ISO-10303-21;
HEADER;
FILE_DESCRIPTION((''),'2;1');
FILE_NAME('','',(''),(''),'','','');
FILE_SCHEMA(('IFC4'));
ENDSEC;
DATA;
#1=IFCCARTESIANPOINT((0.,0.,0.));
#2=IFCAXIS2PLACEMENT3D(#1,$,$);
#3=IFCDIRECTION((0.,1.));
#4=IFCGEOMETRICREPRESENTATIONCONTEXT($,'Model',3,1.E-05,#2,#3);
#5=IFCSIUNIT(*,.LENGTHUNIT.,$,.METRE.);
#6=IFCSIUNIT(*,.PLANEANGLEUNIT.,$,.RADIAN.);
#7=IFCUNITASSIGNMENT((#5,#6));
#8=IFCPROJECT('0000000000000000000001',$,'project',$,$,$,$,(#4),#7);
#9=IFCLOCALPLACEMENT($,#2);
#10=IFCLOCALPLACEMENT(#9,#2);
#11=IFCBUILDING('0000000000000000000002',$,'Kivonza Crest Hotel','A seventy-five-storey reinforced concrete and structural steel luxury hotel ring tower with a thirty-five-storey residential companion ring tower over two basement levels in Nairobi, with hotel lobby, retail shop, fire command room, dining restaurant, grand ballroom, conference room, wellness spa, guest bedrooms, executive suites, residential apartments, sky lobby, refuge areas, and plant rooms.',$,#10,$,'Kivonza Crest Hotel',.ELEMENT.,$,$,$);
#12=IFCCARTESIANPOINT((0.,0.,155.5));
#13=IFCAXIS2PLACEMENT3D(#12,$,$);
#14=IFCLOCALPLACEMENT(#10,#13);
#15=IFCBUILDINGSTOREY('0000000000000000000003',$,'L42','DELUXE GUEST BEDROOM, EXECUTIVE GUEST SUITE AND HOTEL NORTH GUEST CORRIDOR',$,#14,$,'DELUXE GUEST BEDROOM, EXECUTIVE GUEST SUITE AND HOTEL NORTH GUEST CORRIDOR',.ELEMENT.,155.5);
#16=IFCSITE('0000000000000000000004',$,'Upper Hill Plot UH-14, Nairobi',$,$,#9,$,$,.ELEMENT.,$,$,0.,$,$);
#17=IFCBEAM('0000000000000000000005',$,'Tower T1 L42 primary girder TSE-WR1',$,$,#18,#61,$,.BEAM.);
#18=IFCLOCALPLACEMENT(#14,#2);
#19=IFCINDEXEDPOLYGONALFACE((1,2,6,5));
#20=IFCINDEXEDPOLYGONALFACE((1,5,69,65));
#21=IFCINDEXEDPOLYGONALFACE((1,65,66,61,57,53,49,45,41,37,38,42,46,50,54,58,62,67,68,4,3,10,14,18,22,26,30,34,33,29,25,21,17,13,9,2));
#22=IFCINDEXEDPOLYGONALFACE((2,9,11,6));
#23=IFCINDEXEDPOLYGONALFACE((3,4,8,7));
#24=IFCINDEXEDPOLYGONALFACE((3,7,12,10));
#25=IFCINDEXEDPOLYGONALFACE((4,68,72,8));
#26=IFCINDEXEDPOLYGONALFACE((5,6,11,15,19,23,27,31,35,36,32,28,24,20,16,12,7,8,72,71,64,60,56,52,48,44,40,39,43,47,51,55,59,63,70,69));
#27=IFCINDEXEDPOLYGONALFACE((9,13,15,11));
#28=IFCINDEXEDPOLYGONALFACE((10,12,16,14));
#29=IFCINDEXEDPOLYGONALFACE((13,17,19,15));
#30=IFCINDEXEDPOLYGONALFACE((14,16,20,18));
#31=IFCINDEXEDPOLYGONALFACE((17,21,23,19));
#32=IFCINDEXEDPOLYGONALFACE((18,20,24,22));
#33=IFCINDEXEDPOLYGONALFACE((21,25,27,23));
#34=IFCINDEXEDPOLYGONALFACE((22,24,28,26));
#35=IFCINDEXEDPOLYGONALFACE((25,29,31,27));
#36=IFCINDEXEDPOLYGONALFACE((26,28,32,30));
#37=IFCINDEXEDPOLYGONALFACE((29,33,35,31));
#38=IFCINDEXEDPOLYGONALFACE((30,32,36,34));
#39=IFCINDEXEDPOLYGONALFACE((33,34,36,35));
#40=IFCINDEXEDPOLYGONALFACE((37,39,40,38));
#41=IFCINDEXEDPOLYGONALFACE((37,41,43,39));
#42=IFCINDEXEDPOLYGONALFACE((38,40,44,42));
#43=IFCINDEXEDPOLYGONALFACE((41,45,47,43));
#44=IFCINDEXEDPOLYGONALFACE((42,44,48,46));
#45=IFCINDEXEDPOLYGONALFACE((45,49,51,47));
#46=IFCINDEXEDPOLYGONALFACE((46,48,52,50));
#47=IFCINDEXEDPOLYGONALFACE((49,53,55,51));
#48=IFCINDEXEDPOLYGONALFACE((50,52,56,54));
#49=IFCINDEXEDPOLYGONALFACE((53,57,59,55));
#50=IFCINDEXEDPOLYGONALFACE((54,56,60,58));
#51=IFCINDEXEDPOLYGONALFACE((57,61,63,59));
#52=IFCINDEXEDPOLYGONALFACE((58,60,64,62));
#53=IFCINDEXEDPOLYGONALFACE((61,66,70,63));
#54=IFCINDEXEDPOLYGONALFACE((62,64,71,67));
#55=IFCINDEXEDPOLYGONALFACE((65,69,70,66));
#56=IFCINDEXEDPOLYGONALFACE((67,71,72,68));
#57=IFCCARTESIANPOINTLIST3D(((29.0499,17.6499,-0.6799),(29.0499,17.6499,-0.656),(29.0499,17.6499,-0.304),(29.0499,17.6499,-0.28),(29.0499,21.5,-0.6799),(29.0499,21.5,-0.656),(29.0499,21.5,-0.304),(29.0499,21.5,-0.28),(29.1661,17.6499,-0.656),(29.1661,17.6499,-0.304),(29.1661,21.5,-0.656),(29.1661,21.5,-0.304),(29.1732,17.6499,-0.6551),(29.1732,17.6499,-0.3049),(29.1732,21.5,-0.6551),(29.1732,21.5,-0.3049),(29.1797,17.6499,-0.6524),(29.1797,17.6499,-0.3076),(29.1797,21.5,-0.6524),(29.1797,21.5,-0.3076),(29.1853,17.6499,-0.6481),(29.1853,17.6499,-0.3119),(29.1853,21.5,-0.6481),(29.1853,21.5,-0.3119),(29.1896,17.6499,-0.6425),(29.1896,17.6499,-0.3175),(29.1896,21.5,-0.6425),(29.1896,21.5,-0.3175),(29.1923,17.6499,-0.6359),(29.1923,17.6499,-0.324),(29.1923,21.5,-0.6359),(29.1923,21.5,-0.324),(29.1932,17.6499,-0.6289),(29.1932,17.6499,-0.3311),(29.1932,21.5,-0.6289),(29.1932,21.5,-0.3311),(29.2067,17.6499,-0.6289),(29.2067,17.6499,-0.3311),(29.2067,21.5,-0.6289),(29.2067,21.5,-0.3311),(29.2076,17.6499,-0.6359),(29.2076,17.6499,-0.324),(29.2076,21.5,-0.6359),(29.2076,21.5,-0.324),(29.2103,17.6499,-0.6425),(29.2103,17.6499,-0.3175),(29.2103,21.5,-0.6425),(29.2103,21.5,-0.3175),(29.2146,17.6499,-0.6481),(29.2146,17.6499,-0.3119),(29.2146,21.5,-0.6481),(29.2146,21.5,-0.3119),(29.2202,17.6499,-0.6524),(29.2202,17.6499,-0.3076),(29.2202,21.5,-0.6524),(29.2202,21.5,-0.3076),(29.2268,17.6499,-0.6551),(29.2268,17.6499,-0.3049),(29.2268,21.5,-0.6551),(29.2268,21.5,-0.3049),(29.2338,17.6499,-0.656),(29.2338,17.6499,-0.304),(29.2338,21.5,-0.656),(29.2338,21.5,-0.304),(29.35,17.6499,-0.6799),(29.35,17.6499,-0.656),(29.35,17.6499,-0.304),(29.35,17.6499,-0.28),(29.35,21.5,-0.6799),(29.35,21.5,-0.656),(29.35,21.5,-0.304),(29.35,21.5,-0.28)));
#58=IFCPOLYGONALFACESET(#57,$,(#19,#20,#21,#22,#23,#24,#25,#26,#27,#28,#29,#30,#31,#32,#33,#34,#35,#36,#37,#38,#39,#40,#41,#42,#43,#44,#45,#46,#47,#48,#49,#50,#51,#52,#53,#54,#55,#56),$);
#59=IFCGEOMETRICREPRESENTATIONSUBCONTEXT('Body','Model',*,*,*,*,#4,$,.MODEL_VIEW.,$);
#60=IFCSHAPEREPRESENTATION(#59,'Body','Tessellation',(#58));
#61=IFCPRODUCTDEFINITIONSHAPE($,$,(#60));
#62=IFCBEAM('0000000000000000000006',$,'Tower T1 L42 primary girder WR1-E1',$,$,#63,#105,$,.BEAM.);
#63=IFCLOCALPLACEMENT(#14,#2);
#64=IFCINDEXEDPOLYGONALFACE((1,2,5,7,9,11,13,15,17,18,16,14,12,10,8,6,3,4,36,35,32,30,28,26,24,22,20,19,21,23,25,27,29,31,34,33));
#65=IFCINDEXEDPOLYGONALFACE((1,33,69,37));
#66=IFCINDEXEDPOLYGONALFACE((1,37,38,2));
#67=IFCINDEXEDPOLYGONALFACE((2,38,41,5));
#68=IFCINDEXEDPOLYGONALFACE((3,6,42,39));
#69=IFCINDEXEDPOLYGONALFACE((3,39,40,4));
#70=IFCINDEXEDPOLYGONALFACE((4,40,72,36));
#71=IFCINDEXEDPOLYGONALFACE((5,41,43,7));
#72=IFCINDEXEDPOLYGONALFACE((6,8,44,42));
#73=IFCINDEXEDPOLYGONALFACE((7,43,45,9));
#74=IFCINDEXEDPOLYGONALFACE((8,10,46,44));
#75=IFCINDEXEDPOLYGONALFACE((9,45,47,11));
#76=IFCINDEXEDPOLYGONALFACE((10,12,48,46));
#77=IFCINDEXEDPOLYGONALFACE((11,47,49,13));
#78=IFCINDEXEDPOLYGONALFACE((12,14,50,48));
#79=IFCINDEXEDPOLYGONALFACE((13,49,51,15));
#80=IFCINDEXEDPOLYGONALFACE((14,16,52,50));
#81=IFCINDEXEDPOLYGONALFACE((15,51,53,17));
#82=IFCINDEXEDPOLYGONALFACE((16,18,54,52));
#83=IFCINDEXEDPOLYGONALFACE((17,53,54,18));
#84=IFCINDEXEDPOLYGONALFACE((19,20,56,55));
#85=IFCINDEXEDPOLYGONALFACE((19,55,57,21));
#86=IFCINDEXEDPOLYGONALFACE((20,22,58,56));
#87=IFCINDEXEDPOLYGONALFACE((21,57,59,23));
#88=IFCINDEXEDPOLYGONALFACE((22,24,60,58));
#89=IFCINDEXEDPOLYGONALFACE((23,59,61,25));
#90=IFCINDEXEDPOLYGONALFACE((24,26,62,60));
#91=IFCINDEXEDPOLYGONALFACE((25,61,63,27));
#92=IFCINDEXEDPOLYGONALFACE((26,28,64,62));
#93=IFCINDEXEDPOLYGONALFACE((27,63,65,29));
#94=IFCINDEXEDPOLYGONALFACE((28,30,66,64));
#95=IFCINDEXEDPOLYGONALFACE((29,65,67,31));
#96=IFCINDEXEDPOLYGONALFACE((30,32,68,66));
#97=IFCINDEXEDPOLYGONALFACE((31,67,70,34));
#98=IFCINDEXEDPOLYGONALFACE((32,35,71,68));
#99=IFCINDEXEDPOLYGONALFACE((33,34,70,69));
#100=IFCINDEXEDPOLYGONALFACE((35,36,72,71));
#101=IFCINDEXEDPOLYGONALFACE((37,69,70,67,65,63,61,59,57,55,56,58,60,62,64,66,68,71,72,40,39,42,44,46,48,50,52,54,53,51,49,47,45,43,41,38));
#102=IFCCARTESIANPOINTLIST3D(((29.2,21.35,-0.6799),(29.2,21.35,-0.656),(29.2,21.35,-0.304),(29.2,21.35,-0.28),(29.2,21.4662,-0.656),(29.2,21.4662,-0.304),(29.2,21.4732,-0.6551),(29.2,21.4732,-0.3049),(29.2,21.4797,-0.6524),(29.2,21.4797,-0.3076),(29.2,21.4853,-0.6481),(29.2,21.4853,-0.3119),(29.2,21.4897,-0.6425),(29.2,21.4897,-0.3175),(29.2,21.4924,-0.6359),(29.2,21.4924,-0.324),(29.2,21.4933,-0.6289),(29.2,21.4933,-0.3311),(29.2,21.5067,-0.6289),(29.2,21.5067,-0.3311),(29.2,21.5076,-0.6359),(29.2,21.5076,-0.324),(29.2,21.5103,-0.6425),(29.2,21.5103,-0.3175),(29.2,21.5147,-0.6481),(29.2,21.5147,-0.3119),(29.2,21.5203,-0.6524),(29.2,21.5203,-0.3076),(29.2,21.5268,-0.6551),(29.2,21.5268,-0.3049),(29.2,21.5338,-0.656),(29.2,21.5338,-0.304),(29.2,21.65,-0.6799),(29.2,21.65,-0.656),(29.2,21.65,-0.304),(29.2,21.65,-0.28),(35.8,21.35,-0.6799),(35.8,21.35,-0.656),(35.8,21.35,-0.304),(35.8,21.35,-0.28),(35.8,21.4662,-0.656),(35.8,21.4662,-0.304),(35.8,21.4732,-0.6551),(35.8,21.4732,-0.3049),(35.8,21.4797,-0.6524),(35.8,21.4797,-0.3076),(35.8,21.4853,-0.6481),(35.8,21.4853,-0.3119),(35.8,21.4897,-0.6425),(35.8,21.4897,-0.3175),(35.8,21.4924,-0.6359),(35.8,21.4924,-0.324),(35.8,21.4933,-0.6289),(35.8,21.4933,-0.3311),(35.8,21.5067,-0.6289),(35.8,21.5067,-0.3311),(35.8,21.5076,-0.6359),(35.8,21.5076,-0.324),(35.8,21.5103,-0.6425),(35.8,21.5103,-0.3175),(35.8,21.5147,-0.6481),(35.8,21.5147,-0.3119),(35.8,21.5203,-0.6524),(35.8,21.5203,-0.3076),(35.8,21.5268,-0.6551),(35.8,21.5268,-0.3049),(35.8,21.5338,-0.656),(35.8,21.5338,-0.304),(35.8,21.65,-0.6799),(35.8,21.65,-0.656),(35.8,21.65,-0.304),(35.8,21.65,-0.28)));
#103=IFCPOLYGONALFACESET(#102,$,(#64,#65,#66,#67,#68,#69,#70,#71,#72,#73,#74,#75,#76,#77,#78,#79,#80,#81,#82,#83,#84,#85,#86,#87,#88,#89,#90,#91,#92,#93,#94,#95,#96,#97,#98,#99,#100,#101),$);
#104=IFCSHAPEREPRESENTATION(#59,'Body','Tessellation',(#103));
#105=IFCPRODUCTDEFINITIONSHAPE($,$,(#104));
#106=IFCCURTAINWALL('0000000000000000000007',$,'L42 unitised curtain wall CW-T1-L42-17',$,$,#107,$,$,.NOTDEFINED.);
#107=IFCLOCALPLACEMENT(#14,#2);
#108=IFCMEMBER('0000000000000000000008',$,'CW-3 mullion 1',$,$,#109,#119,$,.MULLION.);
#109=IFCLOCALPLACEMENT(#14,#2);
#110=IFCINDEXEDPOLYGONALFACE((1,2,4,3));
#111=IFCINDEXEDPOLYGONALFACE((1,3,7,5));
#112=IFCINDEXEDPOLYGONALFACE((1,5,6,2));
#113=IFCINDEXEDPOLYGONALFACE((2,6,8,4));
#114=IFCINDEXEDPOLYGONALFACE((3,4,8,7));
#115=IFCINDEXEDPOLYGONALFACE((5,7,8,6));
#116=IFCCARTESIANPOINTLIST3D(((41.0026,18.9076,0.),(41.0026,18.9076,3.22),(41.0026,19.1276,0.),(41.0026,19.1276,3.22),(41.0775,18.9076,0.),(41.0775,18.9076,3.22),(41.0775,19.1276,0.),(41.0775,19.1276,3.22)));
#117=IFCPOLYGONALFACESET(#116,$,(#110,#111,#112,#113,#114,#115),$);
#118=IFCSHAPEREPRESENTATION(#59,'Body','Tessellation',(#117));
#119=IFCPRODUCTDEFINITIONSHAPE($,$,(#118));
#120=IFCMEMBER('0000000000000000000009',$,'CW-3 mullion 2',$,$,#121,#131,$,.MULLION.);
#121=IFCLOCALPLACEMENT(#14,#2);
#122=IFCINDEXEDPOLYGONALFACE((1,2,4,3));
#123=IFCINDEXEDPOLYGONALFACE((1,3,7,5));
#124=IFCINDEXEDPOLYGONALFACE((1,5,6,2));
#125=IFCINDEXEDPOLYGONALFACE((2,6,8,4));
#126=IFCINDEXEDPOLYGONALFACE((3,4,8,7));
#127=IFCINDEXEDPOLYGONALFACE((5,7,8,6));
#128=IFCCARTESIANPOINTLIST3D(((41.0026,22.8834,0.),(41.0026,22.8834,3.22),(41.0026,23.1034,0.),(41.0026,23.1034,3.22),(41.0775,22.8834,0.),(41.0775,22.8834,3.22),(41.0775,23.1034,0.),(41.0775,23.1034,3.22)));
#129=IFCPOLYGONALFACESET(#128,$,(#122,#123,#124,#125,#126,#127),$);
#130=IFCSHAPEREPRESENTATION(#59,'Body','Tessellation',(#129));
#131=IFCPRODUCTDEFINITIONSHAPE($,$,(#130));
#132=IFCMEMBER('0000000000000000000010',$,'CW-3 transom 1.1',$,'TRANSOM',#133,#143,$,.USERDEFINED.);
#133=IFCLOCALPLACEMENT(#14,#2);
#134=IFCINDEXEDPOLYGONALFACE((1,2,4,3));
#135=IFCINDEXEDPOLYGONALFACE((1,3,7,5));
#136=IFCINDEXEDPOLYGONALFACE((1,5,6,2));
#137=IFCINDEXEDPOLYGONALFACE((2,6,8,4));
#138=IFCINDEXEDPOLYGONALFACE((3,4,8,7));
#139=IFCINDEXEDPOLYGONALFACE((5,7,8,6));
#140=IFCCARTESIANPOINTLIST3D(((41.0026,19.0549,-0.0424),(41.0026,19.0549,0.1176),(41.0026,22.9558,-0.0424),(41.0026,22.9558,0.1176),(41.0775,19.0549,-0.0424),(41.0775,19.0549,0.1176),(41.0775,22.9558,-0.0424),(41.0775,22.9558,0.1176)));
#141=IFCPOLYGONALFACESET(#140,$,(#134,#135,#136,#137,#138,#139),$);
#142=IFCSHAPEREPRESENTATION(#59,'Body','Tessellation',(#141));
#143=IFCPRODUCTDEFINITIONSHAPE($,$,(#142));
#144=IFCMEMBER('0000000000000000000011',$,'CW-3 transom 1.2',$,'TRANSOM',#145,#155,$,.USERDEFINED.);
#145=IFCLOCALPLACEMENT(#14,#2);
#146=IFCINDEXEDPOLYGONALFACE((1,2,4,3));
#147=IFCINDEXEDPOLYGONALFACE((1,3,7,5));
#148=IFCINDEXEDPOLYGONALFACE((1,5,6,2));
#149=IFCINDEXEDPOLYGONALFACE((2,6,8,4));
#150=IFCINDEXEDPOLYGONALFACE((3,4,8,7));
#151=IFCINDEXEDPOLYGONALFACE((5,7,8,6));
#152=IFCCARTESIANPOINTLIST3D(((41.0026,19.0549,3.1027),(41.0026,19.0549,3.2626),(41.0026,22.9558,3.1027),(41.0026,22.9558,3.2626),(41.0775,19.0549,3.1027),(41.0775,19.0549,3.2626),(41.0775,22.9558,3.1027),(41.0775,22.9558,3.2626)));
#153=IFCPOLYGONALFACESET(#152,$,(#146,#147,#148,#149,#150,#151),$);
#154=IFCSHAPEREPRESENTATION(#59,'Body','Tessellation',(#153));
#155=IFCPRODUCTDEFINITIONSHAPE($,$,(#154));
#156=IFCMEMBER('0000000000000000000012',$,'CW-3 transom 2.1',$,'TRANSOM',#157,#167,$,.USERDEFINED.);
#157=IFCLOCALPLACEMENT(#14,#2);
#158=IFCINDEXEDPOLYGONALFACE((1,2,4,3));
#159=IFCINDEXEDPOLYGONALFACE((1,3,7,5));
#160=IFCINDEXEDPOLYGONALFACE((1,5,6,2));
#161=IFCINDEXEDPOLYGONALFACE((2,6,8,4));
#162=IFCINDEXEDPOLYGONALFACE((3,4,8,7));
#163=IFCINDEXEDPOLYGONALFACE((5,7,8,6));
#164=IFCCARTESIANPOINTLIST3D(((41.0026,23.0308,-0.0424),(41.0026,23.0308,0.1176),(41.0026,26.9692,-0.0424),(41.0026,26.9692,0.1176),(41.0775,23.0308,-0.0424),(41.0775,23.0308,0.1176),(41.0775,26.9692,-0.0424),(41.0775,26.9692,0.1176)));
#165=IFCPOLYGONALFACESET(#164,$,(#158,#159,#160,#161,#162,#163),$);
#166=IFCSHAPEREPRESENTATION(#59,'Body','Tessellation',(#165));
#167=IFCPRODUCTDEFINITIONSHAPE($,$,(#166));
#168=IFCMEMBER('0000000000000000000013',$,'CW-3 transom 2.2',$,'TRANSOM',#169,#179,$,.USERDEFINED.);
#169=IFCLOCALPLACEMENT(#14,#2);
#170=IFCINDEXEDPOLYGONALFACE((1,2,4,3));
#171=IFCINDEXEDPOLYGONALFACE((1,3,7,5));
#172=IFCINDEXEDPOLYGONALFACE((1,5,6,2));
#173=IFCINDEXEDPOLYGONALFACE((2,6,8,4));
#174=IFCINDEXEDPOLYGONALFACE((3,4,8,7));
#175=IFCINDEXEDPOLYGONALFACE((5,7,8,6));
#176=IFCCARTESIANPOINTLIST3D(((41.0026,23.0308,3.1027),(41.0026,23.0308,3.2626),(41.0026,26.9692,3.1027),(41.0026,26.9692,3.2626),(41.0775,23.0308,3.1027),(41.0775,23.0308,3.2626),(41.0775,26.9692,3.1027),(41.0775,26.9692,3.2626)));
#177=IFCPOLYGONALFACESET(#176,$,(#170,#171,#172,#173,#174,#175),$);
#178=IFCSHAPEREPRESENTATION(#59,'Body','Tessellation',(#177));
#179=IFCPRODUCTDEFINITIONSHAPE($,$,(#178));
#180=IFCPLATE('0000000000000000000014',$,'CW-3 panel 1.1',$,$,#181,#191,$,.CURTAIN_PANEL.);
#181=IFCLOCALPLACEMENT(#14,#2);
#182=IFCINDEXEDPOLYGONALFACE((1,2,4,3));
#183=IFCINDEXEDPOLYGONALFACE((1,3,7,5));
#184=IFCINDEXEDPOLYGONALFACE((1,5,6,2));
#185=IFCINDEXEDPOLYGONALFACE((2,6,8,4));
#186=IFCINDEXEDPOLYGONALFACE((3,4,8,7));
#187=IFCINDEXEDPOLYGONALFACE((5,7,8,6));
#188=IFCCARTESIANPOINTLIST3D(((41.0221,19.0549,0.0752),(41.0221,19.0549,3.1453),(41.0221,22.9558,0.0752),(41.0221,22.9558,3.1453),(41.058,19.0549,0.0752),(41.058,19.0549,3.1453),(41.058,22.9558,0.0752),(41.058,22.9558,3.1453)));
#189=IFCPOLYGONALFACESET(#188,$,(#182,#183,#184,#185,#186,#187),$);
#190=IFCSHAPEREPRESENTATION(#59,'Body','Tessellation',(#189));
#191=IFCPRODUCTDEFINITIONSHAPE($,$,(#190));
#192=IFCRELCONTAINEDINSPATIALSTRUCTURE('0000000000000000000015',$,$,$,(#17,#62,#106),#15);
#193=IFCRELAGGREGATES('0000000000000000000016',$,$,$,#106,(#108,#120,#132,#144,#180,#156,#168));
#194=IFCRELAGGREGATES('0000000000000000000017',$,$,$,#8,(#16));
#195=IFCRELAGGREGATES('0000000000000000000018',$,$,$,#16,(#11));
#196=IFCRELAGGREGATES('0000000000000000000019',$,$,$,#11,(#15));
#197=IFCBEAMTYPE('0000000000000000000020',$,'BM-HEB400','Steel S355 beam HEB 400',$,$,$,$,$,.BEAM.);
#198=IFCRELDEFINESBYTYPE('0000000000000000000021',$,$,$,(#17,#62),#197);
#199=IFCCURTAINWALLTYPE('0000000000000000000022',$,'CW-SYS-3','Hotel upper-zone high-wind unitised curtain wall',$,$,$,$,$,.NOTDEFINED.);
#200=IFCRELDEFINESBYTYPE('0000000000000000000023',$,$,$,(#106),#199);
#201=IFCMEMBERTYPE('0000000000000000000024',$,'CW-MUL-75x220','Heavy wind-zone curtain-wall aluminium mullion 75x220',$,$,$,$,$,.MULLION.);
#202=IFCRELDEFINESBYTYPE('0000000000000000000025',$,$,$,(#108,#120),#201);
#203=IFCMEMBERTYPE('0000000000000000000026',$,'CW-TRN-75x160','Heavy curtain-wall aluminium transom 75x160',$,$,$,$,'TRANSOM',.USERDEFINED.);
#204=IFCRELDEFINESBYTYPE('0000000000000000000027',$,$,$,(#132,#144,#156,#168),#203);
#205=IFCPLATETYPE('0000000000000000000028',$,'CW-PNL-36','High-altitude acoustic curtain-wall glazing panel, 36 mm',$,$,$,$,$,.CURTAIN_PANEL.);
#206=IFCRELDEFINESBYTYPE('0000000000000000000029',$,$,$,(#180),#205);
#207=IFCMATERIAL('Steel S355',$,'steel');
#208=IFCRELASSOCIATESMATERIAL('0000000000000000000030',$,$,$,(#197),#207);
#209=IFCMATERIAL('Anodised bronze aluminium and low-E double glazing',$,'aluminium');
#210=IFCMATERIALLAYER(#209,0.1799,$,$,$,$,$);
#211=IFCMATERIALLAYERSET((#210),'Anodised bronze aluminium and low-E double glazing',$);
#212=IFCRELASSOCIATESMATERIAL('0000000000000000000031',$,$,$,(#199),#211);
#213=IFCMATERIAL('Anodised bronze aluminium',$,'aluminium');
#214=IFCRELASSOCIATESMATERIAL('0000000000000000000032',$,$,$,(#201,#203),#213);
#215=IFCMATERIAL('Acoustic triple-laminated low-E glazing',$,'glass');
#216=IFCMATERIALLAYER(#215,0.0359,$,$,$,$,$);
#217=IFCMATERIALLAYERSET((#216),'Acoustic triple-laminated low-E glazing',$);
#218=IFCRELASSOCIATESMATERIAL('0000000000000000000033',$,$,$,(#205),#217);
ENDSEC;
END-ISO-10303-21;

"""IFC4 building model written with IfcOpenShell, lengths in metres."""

from ifc_helpers import new_model, si_unit, direction, frame, origin, origin_2d, place, context, subcontext, project, spatial, rectangle, i_section, extrude, material, layer, layer_set, material_profile, profile_set, type_object, element, aggregate, save


model = new_model("IFC4")

# Units and contexts
model_context = context("Model", 3, precision=1e-05, world=origin(), true_north=direction((0.0, 1.0)))
body_context = subcontext(model_context, "Body", "Model", "MODEL_VIEW")
ifc_project = project(units=[si_unit("LENGTHUNIT", "METRE"), si_unit("PLANEANGLEUNIT", "RADIAN")], contexts=[model_context])

# Site, building, storey
site_placement = place(None, origin())
site = spatial("IfcSite", under=ifc_project, at=site_placement, Name="Upper Hill Plot UH-14, Nairobi", CompositionType="ELEMENT", RefElevation=0.0)
building_placement = place(site_placement, origin())
building = spatial("IfcBuilding", under=site, at=building_placement, Name="Kivonza Crest Hotel", Description="A seventy-five-storey reinforced concrete and structural steel luxury hotel ring tower with a thirty-five-storey residential companion ring tower over two basement levels in Nairobi, with hotel lobby, retail shop, fire command room, dining restaurant, grand ballroom, conference room, wellness spa, guest bedrooms, executive suites, residential apartments, sky lobby, refuge areas, and plant rooms.", LongName="Kivonza Crest Hotel", CompositionType="ELEMENT")
storey_placement = place(building_placement, frame((0.0, 0.0, 155.5)))
storey = spatial("IfcBuildingStorey", under=building, at=storey_placement, Name="L42", Description="DELUXE GUEST BEDROOM, EXECUTIVE GUEST SUITE AND HOTEL NORTH GUEST CORRIDOR", LongName="DELUXE GUEST BEDROOM, EXECUTIVE GUEST SUITE AND HOTEL NORTH GUEST CORRIDOR", CompositionType="ELEMENT", Elevation=155.5)

# Beams
ifc_material_1 = material(Name="Steel S355", Category="steel")
ifc_material_profile_1 = material_profile(ifc_material_1, i_section(OverallWidth=0.3, OverallDepth=0.3999, WebThickness=0.0134, FlangeThickness=0.0239, FilletRadius=0.0271, at=origin_2d()), Name="HEB 400")
ifc_profile_set_1 = profile_set([ifc_material_profile_1], Name="Steel S355")
beam_type_1 = type_object("IfcBeamType", Name="BM-HEB400", Description="Steel S355 beam HEB 400", PredefinedType="BEAM", material=ifc_profile_set_1)
beam_1_placement = place(storey_placement, frame((29.2, 17.6499, -0.48), z_axis=(0.0, 1.0, 0.0), x_axis=(-1.0, 0.0, 0.0)))
element("IfcBeam", 1, at=beam_1_placement, inside=storey, type_object=beam_type_1, Name="Tower T1 L42 primary girder TSE-WR1", PredefinedType="BEAM", context=body_context, shape_type="SweptSolid", body=[
    extrude(i_section(OverallWidth=0.3, OverallDepth=0.3999, WebThickness=0.0134, FlangeThickness=0.0239, FilletRadius=0.0271, at=origin_2d()), origin(), (0.0, 0.0, 1.0), 3.8501),
])
beam_2_placement = place(storey_placement, frame((29.2, 21.5, -0.48), z_axis=(1.0, 0.0, 0.0), x_axis=(0.0, 1.0, 0.0)))
element("IfcBeam", 2, at=beam_2_placement, inside=storey, type_object=beam_type_1, Name="Tower T1 L42 primary girder WR1-E1", PredefinedType="BEAM", context=body_context, shape_type="SweptSolid", body=[
    extrude(i_section(OverallWidth=0.3, OverallDepth=0.3999, WebThickness=0.0134, FlangeThickness=0.0239, FilletRadius=0.0271, at=origin_2d()), origin(), (0.0, 0.0, 1.0), 6.6001),
])

# Curtain wall, members, plate
ifc_material_2 = material(Name="Anodised bronze aluminium and low-E double glazing", Category="aluminium")
ifc_layer_1 = layer(ifc_material_2, 0.1799)
ifc_layer_set_1 = layer_set([ifc_layer_1], Name="Anodised bronze aluminium and low-E double glazing")
curtain_wall_type = type_object("IfcCurtainWallType", Name="CW-SYS-3", Description="Hotel upper-zone high-wind unitised curtain wall", PredefinedType="NOTDEFINED", material=ifc_layer_set_1)
curtain_wall_placement = place(storey_placement, origin())
curtain_wall = element("IfcCurtainWall", 3, at=curtain_wall_placement, inside=storey, type_object=curtain_wall_type, Name="L42 unitised curtain wall CW-T1-L42-17", PredefinedType="NOTDEFINED")
ifc_material_3 = material(Name="Anodised bronze aluminium", Category="aluminium")
ifc_material_profile_2 = material_profile(ifc_material_3, rectangle(XDim=0.075, YDim=0.22, at=origin_2d()), Name="CW-M 75x220")
ifc_profile_set_2 = profile_set([ifc_material_profile_2], Name="Anodised bronze aluminium")
member_type_1 = type_object("IfcMemberType", Name="CW-MUL-75x220", Description="Heavy wind-zone curtain-wall aluminium mullion 75x220", PredefinedType="MULLION", material=ifc_profile_set_2)
member_1_placement = place(storey_placement, frame((41.04, 19.0176, 0.0), z_axis=(0.0, 0.0, 1.0), x_axis=(-1.0, 0.0, 0.0)))
member_1 = element("IfcMember", 4, at=member_1_placement, type_object=member_type_1, Name="CW-3 mullion 1", PredefinedType="MULLION", context=body_context, shape_type="SweptSolid", body=[
    extrude(rectangle(XDim=0.075, YDim=0.22, at=origin_2d()), origin(), (0.0, 0.0, 1.0), 3.22),
])
member_2_placement = place(storey_placement, frame((41.04, 22.9934, 0.0), z_axis=(0.0, 0.0, 1.0), x_axis=(-1.0, 0.0, 0.0)))
member_2 = element("IfcMember", 5, at=member_2_placement, type_object=member_type_1, Name="CW-3 mullion 2", PredefinedType="MULLION", context=body_context, shape_type="SweptSolid", body=[
    extrude(rectangle(XDim=0.075, YDim=0.22, at=origin_2d()), origin(), (0.0, 0.0, 1.0), 3.22),
])
ifc_material_profile_3 = material_profile(ifc_material_3, rectangle(XDim=0.075, YDim=0.1599, at=origin_2d()), Name="CW-T 75x160")
ifc_profile_set_3 = profile_set([ifc_material_profile_3], Name="Anodised bronze aluminium")
member_type_2 = type_object("IfcMemberType", Name="CW-TRN-75x160", Description="Heavy curtain-wall aluminium transom 75x160", ElementType="TRANSOM", PredefinedType="USERDEFINED", material=ifc_profile_set_3)
member_3_placement = place(storey_placement, frame((41.04, 19.0549, 0.0376), z_axis=(0.0, 1.0, 0.0), x_axis=(-1.0, 0.0, 0.0)))
member_3 = element("IfcMember", 6, at=member_3_placement, type_object=member_type_2, Name="CW-3 transom 1.1", ObjectType="TRANSOM", PredefinedType="USERDEFINED", context=body_context, shape_type="SweptSolid", body=[
    extrude(rectangle(XDim=0.075, YDim=0.1599, at=origin_2d()), origin(), (0.0, 0.0, 1.0), 3.9009),
])
member_4_placement = place(storey_placement, frame((41.04, 19.0549, 3.1826), z_axis=(0.0, 1.0, 0.0), x_axis=(-1.0, 0.0, 0.0)))
member_4 = element("IfcMember", 7, at=member_4_placement, type_object=member_type_2, Name="CW-3 transom 1.2", ObjectType="TRANSOM", PredefinedType="USERDEFINED", context=body_context, shape_type="SweptSolid", body=[
    extrude(rectangle(XDim=0.075, YDim=0.1599, at=origin_2d()), origin(), (0.0, 0.0, 1.0), 3.9009),
])
member_5_placement = place(storey_placement, frame((41.04, 23.0308, 0.0376), z_axis=(0.0, 1.0, 0.0), x_axis=(-1.0, 0.0, 0.0)))
member_5 = element("IfcMember", 8, at=member_5_placement, type_object=member_type_2, Name="CW-3 transom 2.1", ObjectType="TRANSOM", PredefinedType="USERDEFINED", context=body_context, shape_type="SweptSolid", body=[
    extrude(rectangle(XDim=0.075, YDim=0.1599, at=origin_2d()), origin(), (0.0, 0.0, 1.0), 3.9385),
])
member_6_placement = place(storey_placement, frame((41.04, 23.0308, 3.1826), z_axis=(0.0, 1.0, 0.0), x_axis=(-1.0, 0.0, 0.0)))
member_6 = element("IfcMember", 9, at=member_6_placement, type_object=member_type_2, Name="CW-3 transom 2.2", ObjectType="TRANSOM", PredefinedType="USERDEFINED", context=body_context, shape_type="SweptSolid", body=[
    extrude(rectangle(XDim=0.075, YDim=0.1599, at=origin_2d()), origin(), (0.0, 0.0, 1.0), 3.9385),
])
ifc_material_4 = material(Name="Acoustic triple-laminated low-E glazing", Category="glass")
ifc_layer_2 = layer(ifc_material_4, 0.0359)
ifc_layer_set_2 = layer_set([ifc_layer_2], Name="Acoustic triple-laminated low-E glazing")
plate_type = type_object("IfcPlateType", Name="CW-PNL-36", Description="High-altitude acoustic curtain-wall glazing panel, 36 mm", PredefinedType="CURTAIN_PANEL", material=ifc_layer_set_2)
plate_placement = place(storey_placement, frame((41.04, 21.0054, 0.0752), z_axis=(0.0, 0.0, 1.0), x_axis=(0.0, 1.0, 0.0)))
plate = element("IfcPlate", 10, at=plate_placement, type_object=plate_type, Name="CW-3 panel 1.1", PredefinedType="CURTAIN_PANEL", context=body_context, shape_type="SweptSolid", body=[
    extrude(rectangle(XDim=3.9009, YDim=0.0359, at=origin_2d()), origin(), (0.0, 0.0, 1.0), 3.0701),
])
aggregate(curtain_wall, [member_1, member_2, member_3, member_4, plate, member_5, member_6])

save(model, "model.ifc")
